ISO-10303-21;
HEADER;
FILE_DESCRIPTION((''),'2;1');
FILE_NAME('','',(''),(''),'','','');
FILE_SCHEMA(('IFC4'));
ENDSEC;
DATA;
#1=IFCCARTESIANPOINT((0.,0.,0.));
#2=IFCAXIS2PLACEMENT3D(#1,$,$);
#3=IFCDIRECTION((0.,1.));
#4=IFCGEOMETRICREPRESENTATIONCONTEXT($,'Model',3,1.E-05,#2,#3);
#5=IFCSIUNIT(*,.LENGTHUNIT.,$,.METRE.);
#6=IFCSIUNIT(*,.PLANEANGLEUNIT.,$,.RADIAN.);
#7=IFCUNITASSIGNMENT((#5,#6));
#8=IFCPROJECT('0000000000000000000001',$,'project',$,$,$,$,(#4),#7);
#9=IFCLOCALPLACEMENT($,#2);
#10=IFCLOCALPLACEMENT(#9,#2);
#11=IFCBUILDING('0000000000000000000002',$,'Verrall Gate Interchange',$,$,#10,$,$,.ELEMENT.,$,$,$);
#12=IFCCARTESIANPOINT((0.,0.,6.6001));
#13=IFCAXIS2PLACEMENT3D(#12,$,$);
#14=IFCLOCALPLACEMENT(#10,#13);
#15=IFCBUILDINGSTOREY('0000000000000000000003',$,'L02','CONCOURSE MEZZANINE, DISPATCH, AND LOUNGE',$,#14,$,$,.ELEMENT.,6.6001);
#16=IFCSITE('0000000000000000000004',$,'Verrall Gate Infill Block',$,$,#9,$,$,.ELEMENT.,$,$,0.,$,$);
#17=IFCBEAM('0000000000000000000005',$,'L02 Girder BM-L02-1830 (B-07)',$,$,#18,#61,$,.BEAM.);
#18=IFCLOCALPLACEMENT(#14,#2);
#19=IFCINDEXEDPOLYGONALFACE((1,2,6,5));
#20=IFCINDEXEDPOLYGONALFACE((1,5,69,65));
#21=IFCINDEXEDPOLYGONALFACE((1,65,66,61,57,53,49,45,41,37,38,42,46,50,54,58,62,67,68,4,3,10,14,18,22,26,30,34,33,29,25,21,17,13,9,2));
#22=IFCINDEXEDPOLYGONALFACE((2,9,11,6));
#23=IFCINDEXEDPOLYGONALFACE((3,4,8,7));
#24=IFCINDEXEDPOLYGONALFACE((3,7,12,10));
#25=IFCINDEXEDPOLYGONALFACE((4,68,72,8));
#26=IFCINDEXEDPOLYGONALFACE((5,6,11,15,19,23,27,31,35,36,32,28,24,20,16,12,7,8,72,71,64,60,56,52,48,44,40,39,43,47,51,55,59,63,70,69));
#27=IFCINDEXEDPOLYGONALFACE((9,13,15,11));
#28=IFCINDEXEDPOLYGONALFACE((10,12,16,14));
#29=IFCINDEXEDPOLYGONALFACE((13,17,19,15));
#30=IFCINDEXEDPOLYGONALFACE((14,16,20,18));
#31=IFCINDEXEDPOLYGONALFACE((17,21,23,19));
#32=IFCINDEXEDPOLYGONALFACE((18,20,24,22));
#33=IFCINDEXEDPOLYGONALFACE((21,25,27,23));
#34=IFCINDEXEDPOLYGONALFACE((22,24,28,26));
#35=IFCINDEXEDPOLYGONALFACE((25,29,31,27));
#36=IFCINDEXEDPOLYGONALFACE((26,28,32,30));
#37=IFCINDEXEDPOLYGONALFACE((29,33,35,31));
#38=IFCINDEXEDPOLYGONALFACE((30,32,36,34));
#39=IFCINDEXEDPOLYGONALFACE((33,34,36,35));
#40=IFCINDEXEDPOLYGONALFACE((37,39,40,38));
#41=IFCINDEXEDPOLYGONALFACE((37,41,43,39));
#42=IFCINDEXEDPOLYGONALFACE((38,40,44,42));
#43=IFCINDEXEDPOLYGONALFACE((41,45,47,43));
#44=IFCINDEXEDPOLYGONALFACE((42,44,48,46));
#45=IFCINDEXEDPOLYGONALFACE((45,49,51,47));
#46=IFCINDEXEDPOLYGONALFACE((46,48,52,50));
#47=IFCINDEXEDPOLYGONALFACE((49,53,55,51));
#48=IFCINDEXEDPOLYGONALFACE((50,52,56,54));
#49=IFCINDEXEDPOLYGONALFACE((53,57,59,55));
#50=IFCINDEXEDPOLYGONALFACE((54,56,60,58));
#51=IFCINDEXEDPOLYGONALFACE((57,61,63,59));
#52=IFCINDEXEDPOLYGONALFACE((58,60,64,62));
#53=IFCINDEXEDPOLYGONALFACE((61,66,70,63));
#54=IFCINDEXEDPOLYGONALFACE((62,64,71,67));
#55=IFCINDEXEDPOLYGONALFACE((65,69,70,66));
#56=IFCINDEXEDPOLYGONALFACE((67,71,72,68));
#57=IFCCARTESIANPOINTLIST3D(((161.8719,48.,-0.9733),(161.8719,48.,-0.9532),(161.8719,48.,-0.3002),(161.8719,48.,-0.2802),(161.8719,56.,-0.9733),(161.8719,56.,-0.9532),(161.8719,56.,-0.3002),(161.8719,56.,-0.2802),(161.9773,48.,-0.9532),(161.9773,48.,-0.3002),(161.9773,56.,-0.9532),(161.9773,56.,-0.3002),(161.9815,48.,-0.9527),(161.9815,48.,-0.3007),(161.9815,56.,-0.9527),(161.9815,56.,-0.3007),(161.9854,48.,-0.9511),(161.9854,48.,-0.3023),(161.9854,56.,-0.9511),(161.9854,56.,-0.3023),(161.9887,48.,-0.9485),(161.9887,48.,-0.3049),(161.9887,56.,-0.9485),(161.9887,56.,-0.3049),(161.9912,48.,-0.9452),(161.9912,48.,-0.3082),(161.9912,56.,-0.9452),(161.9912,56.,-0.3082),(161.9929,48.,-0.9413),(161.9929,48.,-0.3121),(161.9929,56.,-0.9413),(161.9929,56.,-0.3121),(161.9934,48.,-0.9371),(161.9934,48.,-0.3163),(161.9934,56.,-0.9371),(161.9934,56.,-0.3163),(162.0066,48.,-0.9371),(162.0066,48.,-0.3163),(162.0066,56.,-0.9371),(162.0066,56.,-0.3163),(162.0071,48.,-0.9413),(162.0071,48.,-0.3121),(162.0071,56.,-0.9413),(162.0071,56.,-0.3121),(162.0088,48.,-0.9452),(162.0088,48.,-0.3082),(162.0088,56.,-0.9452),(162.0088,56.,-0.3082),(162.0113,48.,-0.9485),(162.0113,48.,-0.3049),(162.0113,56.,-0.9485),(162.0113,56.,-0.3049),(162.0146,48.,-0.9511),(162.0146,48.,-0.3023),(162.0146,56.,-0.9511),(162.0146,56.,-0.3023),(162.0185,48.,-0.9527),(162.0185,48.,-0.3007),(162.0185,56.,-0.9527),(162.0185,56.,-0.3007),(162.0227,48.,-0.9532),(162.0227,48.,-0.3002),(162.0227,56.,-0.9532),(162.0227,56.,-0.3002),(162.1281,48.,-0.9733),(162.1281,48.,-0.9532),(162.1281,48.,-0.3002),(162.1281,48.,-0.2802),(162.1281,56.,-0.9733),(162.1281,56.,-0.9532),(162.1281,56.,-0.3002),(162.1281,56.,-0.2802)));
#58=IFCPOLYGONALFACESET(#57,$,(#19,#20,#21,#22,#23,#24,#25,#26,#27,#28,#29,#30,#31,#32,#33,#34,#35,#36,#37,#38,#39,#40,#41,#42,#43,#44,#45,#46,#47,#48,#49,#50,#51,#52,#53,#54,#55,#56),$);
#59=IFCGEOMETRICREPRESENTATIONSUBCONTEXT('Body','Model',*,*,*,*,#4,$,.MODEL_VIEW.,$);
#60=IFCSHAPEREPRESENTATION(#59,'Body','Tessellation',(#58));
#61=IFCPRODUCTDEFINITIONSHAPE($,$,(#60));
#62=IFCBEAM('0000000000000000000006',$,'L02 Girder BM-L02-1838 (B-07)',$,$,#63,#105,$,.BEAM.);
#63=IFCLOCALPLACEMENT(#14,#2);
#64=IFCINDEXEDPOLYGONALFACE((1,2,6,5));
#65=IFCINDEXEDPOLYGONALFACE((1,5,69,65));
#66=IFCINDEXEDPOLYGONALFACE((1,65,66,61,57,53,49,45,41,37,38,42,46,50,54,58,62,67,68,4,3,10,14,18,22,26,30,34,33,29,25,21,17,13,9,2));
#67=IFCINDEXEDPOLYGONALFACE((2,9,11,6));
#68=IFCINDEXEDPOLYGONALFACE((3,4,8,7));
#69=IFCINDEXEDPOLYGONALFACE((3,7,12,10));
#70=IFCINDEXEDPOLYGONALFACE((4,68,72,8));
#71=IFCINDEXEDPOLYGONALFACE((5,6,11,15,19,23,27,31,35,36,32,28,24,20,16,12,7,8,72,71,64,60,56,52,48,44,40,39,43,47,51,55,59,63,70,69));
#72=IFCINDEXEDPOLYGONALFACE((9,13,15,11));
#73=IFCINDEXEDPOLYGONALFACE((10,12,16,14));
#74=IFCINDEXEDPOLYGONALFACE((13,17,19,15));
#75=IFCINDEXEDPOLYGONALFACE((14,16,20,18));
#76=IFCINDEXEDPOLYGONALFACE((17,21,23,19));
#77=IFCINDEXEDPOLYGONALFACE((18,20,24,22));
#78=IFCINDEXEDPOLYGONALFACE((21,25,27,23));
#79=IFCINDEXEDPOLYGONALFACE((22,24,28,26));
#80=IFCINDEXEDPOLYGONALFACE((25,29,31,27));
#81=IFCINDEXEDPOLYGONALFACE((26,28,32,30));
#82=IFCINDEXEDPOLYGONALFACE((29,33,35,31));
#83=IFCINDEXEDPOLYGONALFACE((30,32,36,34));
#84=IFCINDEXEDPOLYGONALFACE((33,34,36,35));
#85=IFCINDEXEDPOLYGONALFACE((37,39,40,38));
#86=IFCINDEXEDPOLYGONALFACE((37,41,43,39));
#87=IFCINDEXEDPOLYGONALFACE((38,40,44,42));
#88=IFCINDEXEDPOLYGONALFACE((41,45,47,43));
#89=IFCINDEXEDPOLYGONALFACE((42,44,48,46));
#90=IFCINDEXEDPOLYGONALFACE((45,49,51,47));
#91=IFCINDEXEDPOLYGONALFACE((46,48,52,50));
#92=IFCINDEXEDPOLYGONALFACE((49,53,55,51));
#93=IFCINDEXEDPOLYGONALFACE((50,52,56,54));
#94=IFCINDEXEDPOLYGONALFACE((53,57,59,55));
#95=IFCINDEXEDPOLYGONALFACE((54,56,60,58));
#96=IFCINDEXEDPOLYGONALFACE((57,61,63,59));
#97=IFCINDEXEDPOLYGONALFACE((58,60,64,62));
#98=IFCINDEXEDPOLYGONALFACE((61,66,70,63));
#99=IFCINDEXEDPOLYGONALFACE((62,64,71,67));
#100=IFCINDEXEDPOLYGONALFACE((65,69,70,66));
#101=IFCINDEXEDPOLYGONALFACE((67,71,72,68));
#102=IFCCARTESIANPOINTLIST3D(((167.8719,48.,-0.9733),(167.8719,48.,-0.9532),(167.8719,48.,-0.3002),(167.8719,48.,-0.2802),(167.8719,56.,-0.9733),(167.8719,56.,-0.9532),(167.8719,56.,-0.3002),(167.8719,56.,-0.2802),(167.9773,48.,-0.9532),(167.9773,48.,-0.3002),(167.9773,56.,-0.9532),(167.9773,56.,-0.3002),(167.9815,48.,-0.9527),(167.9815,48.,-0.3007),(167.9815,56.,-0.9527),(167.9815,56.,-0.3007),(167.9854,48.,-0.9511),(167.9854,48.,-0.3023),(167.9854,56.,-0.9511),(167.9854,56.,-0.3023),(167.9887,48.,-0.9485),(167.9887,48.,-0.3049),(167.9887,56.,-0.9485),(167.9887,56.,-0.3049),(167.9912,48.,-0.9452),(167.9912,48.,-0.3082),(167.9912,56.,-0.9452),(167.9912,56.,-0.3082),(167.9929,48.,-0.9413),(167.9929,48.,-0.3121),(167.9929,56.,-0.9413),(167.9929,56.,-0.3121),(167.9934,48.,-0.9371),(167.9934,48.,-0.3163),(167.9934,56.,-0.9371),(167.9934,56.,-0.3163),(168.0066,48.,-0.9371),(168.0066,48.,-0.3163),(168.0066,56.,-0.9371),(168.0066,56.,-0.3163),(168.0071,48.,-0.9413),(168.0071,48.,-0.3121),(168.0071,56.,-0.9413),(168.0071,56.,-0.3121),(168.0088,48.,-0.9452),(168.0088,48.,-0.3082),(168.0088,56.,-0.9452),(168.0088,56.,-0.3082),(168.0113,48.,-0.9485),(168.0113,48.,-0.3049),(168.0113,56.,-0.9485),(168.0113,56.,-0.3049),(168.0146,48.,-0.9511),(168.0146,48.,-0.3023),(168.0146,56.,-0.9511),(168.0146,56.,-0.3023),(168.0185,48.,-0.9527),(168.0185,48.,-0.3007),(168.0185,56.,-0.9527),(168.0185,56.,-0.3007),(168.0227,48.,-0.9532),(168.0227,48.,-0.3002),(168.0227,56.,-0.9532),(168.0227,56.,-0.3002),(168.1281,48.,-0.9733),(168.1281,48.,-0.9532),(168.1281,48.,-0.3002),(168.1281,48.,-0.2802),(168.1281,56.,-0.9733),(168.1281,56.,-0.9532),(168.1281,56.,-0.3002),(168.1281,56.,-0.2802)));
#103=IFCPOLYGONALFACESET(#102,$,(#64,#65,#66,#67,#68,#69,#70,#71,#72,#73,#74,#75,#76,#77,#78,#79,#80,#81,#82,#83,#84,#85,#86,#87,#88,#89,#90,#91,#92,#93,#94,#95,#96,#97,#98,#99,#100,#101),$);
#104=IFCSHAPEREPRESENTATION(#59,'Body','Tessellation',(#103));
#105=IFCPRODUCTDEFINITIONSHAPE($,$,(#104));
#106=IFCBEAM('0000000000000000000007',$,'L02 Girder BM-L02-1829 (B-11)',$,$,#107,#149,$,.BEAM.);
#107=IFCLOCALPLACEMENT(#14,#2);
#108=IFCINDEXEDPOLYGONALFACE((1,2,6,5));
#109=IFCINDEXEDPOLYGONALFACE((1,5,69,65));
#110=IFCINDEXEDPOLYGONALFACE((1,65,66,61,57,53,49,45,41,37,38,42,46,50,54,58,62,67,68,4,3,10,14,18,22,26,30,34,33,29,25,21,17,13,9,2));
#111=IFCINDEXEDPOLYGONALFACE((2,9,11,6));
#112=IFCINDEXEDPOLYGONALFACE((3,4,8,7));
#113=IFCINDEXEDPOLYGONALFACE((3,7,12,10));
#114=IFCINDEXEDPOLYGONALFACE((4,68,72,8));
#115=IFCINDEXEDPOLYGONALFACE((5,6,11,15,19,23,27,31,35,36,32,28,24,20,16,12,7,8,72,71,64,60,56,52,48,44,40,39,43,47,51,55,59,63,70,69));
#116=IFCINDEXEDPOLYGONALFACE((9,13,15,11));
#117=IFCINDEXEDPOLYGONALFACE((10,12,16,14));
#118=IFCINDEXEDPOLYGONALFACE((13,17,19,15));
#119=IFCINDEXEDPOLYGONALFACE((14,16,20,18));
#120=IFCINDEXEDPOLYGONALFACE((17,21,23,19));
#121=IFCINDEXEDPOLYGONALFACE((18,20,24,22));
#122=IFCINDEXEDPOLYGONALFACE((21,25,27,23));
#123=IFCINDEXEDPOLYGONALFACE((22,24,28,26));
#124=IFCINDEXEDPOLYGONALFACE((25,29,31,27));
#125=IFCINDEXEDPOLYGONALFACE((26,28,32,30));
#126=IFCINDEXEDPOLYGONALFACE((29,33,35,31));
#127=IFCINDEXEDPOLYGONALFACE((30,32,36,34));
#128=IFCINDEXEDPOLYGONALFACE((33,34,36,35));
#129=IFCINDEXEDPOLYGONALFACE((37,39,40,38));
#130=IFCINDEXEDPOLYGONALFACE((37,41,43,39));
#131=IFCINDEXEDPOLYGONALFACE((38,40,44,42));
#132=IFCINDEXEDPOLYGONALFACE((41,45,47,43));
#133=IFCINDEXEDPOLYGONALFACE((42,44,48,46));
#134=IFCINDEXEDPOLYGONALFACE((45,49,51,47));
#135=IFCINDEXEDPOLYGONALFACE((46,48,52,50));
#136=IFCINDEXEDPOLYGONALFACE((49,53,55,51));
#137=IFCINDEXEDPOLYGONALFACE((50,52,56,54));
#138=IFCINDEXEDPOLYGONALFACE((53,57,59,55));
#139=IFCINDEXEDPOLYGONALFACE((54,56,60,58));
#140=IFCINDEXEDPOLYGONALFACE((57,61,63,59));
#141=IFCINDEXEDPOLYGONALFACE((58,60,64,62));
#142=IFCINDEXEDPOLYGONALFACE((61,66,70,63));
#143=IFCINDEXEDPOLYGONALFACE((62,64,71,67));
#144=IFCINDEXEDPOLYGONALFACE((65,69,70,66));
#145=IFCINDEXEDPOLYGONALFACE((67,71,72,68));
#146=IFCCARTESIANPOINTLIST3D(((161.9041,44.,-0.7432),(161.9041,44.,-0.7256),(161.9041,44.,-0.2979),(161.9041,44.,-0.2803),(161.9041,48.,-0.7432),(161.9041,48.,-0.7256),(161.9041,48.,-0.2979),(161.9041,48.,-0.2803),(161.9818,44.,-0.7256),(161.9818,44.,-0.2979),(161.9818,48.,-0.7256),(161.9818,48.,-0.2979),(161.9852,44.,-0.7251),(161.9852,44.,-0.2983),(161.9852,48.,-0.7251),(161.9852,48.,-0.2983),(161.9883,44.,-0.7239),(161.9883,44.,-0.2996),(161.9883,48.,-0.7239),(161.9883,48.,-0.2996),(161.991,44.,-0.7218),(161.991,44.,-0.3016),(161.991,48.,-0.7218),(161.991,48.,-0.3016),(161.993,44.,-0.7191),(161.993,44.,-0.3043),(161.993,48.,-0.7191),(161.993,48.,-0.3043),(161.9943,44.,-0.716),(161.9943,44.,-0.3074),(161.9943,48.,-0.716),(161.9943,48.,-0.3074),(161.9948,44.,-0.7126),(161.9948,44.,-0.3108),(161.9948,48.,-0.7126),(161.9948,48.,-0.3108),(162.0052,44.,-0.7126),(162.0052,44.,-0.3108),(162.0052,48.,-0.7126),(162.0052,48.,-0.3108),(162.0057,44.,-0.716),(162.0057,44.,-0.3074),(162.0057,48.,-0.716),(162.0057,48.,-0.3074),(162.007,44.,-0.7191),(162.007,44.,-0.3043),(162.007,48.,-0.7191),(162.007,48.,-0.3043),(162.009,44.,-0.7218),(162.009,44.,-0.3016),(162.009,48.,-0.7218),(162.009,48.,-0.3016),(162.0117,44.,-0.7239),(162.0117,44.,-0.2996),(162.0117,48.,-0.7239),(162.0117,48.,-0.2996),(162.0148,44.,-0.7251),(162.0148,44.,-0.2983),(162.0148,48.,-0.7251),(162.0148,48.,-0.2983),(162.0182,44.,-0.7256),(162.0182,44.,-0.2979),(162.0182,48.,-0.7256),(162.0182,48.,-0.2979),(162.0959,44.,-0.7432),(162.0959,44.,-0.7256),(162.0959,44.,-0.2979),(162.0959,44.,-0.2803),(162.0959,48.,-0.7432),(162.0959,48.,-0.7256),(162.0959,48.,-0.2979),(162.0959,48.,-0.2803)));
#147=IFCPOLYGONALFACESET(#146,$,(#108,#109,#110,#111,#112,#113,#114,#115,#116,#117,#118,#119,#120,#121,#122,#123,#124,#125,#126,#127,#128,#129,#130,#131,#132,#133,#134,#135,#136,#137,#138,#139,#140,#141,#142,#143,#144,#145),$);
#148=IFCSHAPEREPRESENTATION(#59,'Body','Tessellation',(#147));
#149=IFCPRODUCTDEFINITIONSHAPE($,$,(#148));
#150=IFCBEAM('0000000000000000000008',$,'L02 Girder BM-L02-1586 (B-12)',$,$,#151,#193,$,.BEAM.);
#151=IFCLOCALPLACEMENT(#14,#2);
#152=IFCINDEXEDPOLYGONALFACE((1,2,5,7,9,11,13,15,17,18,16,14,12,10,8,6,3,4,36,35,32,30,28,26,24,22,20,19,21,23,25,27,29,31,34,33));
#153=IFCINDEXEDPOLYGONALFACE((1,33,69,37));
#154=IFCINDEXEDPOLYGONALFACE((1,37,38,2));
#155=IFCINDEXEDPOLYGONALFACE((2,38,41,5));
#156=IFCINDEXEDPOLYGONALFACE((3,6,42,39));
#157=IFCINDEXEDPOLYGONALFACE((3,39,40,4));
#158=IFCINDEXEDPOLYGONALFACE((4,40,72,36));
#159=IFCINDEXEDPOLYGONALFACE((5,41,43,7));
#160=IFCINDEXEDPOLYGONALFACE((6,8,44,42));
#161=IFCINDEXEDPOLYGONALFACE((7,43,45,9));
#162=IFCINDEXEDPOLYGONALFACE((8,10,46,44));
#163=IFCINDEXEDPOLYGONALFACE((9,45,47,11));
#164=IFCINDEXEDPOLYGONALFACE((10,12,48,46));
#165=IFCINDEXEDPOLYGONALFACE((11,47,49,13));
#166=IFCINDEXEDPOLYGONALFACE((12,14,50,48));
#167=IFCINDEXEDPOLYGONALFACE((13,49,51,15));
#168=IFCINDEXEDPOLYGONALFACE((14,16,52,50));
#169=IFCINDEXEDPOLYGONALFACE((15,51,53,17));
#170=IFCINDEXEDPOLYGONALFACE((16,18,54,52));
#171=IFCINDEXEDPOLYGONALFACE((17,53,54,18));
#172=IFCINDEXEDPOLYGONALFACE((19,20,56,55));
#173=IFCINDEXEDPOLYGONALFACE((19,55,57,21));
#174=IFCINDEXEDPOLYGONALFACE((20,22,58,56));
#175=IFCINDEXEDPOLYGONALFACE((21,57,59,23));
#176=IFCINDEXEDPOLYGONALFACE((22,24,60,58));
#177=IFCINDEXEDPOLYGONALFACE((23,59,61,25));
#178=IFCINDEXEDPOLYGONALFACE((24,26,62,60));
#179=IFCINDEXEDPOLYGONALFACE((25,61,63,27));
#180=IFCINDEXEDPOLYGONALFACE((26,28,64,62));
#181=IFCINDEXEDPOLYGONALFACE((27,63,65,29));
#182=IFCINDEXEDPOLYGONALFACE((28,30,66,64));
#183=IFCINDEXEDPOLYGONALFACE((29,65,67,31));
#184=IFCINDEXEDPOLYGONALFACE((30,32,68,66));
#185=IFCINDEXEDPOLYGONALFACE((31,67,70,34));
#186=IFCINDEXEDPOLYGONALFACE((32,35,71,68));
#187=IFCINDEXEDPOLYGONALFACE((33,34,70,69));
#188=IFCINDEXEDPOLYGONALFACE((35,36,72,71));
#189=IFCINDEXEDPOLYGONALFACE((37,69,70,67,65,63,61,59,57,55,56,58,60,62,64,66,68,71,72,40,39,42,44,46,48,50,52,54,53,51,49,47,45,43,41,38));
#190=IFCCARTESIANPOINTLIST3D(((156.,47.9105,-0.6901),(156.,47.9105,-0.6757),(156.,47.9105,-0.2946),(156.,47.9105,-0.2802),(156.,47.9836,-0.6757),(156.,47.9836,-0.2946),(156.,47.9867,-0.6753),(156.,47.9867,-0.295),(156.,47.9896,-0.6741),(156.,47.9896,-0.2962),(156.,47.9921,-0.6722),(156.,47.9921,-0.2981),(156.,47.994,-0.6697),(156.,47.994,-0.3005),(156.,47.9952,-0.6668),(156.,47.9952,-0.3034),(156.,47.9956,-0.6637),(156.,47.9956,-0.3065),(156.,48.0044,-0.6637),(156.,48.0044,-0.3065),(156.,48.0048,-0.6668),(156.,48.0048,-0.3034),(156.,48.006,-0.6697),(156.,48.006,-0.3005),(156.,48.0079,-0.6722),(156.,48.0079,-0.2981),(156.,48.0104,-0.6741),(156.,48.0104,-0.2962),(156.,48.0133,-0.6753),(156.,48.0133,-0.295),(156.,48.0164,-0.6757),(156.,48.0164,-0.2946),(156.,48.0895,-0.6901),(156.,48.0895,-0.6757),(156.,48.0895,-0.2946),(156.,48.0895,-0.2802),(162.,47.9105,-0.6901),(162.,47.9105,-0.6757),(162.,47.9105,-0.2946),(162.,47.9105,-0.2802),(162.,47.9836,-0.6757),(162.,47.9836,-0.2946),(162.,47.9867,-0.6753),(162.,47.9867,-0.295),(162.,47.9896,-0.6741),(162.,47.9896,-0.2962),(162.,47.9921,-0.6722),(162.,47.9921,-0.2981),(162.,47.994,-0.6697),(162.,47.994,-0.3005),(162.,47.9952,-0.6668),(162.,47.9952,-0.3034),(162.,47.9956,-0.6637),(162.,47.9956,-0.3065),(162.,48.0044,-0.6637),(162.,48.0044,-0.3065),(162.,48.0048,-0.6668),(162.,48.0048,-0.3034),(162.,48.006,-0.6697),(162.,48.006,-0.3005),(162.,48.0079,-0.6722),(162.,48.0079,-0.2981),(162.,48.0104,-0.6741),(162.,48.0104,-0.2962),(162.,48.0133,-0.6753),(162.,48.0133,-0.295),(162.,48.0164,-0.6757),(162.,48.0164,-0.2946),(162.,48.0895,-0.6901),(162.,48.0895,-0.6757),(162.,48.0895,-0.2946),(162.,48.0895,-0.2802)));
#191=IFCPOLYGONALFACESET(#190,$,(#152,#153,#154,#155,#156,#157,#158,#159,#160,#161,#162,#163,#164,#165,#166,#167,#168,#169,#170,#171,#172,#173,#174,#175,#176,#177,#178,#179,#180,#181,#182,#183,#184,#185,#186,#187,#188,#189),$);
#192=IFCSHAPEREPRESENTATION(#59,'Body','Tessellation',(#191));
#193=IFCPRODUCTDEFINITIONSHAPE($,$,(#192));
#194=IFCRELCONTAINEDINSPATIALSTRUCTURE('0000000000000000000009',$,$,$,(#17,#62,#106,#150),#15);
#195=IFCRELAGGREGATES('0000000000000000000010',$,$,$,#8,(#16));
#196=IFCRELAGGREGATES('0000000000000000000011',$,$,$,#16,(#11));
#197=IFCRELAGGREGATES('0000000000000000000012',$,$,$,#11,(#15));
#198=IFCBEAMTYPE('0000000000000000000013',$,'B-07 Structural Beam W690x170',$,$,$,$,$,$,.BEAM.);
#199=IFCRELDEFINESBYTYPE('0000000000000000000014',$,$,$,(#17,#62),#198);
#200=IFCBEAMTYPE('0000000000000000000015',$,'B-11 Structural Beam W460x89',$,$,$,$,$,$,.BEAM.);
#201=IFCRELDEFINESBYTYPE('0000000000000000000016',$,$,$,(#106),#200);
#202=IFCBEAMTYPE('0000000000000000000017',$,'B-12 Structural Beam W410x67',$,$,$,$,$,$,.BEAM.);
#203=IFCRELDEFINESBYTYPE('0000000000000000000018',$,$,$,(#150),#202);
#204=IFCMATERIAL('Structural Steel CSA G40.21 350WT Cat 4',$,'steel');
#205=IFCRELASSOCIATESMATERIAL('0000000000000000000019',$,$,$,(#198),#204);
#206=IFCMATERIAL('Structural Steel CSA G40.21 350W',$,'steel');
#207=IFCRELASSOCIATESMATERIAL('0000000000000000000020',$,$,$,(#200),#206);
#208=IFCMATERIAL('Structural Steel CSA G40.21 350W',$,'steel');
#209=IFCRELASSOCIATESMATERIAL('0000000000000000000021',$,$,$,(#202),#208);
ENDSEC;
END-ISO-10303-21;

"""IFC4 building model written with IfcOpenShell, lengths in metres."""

from ifc_helpers import new_model, si_unit, direction, frame, origin, origin_2d, place, context, subcontext, project, spatial, i_section, extrude, material, material_profile, profile_set, type_object, element, save


model = new_model("IFC4")

# Units and contexts
model_context = context("Model", 3, precision=1e-05, world=origin(), true_north=direction((0.0, 1.0)))
body_context = subcontext(model_context, "Body", "Model", "MODEL_VIEW")
ifc_project = project(units=[si_unit("LENGTHUNIT", "METRE"), si_unit("PLANEANGLEUNIT", "RADIAN")], contexts=[model_context])

# Site, building, storey
site_placement = place(None, origin())
site = spatial("IfcSite", under=ifc_project, at=site_placement, Name="Verrall Gate Infill Block", CompositionType="ELEMENT", RefElevation=0.0)
building_placement = place(site_placement, origin())
building = spatial("IfcBuilding", under=site, at=building_placement, Name="Verrall Gate Interchange", CompositionType="ELEMENT")
storey_placement = place(building_placement, frame((0.0, 0.0, 6.6001)))
storey = spatial("IfcBuildingStorey", under=building, at=storey_placement, Name="L02", Description="CONCOURSE MEZZANINE, DISPATCH, AND LOUNGE", CompositionType="ELEMENT", Elevation=6.6001)

# Beams
ifc_material_1 = material(Name="Structural Steel CSA G40.21 350WT Cat 4", Category="steel")
ifc_material_profile_1 = material_profile(ifc_material_1, i_section(OverallWidth=0.2561, OverallDepth=0.6931, WebThickness=0.0132, FlangeThickness=0.02, FilletRadius=0.0161, at=origin_2d()), Name="W690x170")
ifc_profile_set_1 = profile_set([ifc_material_profile_1], Name="Structural Steel CSA G40.21 350WT Cat 4")
beam_type_1 = type_object("IfcBeamType", Name="B-07 Structural Beam W690x170", PredefinedType="BEAM", material=ifc_profile_set_1)
for number, where, z_axis, x_axis, name in (
    (1, (162.0, 48.0, -0.6267), (0.0, 1.0, 0.0), (-1.0, 0.0, 0.0), "L02 Girder BM-L02-1830 (B-07)"),
    (2, (168.0, 48.0, -0.6267), (0.0, 1.0, 0.0), (-1.0, 0.0, 0.0), "L02 Girder BM-L02-1838 (B-07)"),
):
    element("IfcBeam", number, at=place(storey_placement, frame(where, z_axis=z_axis, x_axis=x_axis)), inside=storey, type_object=beam_type_1, Name=name, PredefinedType="BEAM", context=body_context, shape_type="SweptSolid", body=[
        extrude(i_section(OverallWidth=0.2561, OverallDepth=0.6931, WebThickness=0.0132, FlangeThickness=0.02, FilletRadius=0.0161, at=origin_2d()), origin(), (0.0, 0.0, 1.0), 8.0),
    ])
ifc_material_2 = material(Name="Structural Steel CSA G40.21 350W", Category="steel")
ifc_material_profile_2 = material_profile(ifc_material_2, i_section(OverallWidth=0.1919, OverallDepth=0.4629, WebThickness=0.0105, FlangeThickness=0.0176, FilletRadius=0.0129, at=origin_2d()), Name="W460x89")
ifc_profile_set_2 = profile_set([ifc_material_profile_2], Name="Structural Steel CSA G40.21 350W")
beam_type_2 = type_object("IfcBeamType", Name="B-11 Structural Beam W460x89", PredefinedType="BEAM", material=ifc_profile_set_2)
beam_1_placement = place(storey_placement, frame((162.0, 44.0, -0.5117), z_axis=(0.0, 1.0, 0.0), x_axis=(-1.0, 0.0, 0.0)))
element("IfcBeam", 3, at=beam_1_placement, inside=storey, type_object=beam_type_2, Name="L02 Girder BM-L02-1829 (B-11)", PredefinedType="BEAM", context=body_context, shape_type="SweptSolid", body=[
    extrude(i_section(OverallWidth=0.1919, OverallDepth=0.4629, WebThickness=0.0105, FlangeThickness=0.0176, FilletRadius=0.0129, at=origin_2d()), origin(), (0.0, 0.0, 1.0), 4.0),
])
ifc_material_3 = material(Name="Structural Steel CSA G40.21 350W", Category="steel")
ifc_material_profile_3 = material_profile(ifc_material_3, i_section(OverallWidth=0.179, OverallDepth=0.4099, WebThickness=0.0088, FlangeThickness=0.0144, FilletRadius=0.012, at=origin_2d()), Name="W410x67")
ifc_profile_set_3 = profile_set([ifc_material_profile_3], Name="Structural Steel CSA G40.21 350W")
beam_type_3 = type_object("IfcBeamType", Name="B-12 Structural Beam W410x67", PredefinedType="BEAM", material=ifc_profile_set_3)
beam_2_placement = place(storey_placement, frame((156.0, 48.0, -0.4851), z_axis=(1.0, 0.0, 0.0), x_axis=(0.0, 1.0, 0.0)))
element("IfcBeam", 4, at=beam_2_placement, inside=storey, type_object=beam_type_3, Name="L02 Girder BM-L02-1586 (B-12)", PredefinedType="BEAM", context=body_context, shape_type="SweptSolid", body=[
    extrude(i_section(OverallWidth=0.179, OverallDepth=0.4099, WebThickness=0.0088, FlangeThickness=0.0144, FilletRadius=0.012, at=origin_2d()), origin(), (0.0, 0.0, 1.0), 6.0),
])

save(model, "model.ifc")
